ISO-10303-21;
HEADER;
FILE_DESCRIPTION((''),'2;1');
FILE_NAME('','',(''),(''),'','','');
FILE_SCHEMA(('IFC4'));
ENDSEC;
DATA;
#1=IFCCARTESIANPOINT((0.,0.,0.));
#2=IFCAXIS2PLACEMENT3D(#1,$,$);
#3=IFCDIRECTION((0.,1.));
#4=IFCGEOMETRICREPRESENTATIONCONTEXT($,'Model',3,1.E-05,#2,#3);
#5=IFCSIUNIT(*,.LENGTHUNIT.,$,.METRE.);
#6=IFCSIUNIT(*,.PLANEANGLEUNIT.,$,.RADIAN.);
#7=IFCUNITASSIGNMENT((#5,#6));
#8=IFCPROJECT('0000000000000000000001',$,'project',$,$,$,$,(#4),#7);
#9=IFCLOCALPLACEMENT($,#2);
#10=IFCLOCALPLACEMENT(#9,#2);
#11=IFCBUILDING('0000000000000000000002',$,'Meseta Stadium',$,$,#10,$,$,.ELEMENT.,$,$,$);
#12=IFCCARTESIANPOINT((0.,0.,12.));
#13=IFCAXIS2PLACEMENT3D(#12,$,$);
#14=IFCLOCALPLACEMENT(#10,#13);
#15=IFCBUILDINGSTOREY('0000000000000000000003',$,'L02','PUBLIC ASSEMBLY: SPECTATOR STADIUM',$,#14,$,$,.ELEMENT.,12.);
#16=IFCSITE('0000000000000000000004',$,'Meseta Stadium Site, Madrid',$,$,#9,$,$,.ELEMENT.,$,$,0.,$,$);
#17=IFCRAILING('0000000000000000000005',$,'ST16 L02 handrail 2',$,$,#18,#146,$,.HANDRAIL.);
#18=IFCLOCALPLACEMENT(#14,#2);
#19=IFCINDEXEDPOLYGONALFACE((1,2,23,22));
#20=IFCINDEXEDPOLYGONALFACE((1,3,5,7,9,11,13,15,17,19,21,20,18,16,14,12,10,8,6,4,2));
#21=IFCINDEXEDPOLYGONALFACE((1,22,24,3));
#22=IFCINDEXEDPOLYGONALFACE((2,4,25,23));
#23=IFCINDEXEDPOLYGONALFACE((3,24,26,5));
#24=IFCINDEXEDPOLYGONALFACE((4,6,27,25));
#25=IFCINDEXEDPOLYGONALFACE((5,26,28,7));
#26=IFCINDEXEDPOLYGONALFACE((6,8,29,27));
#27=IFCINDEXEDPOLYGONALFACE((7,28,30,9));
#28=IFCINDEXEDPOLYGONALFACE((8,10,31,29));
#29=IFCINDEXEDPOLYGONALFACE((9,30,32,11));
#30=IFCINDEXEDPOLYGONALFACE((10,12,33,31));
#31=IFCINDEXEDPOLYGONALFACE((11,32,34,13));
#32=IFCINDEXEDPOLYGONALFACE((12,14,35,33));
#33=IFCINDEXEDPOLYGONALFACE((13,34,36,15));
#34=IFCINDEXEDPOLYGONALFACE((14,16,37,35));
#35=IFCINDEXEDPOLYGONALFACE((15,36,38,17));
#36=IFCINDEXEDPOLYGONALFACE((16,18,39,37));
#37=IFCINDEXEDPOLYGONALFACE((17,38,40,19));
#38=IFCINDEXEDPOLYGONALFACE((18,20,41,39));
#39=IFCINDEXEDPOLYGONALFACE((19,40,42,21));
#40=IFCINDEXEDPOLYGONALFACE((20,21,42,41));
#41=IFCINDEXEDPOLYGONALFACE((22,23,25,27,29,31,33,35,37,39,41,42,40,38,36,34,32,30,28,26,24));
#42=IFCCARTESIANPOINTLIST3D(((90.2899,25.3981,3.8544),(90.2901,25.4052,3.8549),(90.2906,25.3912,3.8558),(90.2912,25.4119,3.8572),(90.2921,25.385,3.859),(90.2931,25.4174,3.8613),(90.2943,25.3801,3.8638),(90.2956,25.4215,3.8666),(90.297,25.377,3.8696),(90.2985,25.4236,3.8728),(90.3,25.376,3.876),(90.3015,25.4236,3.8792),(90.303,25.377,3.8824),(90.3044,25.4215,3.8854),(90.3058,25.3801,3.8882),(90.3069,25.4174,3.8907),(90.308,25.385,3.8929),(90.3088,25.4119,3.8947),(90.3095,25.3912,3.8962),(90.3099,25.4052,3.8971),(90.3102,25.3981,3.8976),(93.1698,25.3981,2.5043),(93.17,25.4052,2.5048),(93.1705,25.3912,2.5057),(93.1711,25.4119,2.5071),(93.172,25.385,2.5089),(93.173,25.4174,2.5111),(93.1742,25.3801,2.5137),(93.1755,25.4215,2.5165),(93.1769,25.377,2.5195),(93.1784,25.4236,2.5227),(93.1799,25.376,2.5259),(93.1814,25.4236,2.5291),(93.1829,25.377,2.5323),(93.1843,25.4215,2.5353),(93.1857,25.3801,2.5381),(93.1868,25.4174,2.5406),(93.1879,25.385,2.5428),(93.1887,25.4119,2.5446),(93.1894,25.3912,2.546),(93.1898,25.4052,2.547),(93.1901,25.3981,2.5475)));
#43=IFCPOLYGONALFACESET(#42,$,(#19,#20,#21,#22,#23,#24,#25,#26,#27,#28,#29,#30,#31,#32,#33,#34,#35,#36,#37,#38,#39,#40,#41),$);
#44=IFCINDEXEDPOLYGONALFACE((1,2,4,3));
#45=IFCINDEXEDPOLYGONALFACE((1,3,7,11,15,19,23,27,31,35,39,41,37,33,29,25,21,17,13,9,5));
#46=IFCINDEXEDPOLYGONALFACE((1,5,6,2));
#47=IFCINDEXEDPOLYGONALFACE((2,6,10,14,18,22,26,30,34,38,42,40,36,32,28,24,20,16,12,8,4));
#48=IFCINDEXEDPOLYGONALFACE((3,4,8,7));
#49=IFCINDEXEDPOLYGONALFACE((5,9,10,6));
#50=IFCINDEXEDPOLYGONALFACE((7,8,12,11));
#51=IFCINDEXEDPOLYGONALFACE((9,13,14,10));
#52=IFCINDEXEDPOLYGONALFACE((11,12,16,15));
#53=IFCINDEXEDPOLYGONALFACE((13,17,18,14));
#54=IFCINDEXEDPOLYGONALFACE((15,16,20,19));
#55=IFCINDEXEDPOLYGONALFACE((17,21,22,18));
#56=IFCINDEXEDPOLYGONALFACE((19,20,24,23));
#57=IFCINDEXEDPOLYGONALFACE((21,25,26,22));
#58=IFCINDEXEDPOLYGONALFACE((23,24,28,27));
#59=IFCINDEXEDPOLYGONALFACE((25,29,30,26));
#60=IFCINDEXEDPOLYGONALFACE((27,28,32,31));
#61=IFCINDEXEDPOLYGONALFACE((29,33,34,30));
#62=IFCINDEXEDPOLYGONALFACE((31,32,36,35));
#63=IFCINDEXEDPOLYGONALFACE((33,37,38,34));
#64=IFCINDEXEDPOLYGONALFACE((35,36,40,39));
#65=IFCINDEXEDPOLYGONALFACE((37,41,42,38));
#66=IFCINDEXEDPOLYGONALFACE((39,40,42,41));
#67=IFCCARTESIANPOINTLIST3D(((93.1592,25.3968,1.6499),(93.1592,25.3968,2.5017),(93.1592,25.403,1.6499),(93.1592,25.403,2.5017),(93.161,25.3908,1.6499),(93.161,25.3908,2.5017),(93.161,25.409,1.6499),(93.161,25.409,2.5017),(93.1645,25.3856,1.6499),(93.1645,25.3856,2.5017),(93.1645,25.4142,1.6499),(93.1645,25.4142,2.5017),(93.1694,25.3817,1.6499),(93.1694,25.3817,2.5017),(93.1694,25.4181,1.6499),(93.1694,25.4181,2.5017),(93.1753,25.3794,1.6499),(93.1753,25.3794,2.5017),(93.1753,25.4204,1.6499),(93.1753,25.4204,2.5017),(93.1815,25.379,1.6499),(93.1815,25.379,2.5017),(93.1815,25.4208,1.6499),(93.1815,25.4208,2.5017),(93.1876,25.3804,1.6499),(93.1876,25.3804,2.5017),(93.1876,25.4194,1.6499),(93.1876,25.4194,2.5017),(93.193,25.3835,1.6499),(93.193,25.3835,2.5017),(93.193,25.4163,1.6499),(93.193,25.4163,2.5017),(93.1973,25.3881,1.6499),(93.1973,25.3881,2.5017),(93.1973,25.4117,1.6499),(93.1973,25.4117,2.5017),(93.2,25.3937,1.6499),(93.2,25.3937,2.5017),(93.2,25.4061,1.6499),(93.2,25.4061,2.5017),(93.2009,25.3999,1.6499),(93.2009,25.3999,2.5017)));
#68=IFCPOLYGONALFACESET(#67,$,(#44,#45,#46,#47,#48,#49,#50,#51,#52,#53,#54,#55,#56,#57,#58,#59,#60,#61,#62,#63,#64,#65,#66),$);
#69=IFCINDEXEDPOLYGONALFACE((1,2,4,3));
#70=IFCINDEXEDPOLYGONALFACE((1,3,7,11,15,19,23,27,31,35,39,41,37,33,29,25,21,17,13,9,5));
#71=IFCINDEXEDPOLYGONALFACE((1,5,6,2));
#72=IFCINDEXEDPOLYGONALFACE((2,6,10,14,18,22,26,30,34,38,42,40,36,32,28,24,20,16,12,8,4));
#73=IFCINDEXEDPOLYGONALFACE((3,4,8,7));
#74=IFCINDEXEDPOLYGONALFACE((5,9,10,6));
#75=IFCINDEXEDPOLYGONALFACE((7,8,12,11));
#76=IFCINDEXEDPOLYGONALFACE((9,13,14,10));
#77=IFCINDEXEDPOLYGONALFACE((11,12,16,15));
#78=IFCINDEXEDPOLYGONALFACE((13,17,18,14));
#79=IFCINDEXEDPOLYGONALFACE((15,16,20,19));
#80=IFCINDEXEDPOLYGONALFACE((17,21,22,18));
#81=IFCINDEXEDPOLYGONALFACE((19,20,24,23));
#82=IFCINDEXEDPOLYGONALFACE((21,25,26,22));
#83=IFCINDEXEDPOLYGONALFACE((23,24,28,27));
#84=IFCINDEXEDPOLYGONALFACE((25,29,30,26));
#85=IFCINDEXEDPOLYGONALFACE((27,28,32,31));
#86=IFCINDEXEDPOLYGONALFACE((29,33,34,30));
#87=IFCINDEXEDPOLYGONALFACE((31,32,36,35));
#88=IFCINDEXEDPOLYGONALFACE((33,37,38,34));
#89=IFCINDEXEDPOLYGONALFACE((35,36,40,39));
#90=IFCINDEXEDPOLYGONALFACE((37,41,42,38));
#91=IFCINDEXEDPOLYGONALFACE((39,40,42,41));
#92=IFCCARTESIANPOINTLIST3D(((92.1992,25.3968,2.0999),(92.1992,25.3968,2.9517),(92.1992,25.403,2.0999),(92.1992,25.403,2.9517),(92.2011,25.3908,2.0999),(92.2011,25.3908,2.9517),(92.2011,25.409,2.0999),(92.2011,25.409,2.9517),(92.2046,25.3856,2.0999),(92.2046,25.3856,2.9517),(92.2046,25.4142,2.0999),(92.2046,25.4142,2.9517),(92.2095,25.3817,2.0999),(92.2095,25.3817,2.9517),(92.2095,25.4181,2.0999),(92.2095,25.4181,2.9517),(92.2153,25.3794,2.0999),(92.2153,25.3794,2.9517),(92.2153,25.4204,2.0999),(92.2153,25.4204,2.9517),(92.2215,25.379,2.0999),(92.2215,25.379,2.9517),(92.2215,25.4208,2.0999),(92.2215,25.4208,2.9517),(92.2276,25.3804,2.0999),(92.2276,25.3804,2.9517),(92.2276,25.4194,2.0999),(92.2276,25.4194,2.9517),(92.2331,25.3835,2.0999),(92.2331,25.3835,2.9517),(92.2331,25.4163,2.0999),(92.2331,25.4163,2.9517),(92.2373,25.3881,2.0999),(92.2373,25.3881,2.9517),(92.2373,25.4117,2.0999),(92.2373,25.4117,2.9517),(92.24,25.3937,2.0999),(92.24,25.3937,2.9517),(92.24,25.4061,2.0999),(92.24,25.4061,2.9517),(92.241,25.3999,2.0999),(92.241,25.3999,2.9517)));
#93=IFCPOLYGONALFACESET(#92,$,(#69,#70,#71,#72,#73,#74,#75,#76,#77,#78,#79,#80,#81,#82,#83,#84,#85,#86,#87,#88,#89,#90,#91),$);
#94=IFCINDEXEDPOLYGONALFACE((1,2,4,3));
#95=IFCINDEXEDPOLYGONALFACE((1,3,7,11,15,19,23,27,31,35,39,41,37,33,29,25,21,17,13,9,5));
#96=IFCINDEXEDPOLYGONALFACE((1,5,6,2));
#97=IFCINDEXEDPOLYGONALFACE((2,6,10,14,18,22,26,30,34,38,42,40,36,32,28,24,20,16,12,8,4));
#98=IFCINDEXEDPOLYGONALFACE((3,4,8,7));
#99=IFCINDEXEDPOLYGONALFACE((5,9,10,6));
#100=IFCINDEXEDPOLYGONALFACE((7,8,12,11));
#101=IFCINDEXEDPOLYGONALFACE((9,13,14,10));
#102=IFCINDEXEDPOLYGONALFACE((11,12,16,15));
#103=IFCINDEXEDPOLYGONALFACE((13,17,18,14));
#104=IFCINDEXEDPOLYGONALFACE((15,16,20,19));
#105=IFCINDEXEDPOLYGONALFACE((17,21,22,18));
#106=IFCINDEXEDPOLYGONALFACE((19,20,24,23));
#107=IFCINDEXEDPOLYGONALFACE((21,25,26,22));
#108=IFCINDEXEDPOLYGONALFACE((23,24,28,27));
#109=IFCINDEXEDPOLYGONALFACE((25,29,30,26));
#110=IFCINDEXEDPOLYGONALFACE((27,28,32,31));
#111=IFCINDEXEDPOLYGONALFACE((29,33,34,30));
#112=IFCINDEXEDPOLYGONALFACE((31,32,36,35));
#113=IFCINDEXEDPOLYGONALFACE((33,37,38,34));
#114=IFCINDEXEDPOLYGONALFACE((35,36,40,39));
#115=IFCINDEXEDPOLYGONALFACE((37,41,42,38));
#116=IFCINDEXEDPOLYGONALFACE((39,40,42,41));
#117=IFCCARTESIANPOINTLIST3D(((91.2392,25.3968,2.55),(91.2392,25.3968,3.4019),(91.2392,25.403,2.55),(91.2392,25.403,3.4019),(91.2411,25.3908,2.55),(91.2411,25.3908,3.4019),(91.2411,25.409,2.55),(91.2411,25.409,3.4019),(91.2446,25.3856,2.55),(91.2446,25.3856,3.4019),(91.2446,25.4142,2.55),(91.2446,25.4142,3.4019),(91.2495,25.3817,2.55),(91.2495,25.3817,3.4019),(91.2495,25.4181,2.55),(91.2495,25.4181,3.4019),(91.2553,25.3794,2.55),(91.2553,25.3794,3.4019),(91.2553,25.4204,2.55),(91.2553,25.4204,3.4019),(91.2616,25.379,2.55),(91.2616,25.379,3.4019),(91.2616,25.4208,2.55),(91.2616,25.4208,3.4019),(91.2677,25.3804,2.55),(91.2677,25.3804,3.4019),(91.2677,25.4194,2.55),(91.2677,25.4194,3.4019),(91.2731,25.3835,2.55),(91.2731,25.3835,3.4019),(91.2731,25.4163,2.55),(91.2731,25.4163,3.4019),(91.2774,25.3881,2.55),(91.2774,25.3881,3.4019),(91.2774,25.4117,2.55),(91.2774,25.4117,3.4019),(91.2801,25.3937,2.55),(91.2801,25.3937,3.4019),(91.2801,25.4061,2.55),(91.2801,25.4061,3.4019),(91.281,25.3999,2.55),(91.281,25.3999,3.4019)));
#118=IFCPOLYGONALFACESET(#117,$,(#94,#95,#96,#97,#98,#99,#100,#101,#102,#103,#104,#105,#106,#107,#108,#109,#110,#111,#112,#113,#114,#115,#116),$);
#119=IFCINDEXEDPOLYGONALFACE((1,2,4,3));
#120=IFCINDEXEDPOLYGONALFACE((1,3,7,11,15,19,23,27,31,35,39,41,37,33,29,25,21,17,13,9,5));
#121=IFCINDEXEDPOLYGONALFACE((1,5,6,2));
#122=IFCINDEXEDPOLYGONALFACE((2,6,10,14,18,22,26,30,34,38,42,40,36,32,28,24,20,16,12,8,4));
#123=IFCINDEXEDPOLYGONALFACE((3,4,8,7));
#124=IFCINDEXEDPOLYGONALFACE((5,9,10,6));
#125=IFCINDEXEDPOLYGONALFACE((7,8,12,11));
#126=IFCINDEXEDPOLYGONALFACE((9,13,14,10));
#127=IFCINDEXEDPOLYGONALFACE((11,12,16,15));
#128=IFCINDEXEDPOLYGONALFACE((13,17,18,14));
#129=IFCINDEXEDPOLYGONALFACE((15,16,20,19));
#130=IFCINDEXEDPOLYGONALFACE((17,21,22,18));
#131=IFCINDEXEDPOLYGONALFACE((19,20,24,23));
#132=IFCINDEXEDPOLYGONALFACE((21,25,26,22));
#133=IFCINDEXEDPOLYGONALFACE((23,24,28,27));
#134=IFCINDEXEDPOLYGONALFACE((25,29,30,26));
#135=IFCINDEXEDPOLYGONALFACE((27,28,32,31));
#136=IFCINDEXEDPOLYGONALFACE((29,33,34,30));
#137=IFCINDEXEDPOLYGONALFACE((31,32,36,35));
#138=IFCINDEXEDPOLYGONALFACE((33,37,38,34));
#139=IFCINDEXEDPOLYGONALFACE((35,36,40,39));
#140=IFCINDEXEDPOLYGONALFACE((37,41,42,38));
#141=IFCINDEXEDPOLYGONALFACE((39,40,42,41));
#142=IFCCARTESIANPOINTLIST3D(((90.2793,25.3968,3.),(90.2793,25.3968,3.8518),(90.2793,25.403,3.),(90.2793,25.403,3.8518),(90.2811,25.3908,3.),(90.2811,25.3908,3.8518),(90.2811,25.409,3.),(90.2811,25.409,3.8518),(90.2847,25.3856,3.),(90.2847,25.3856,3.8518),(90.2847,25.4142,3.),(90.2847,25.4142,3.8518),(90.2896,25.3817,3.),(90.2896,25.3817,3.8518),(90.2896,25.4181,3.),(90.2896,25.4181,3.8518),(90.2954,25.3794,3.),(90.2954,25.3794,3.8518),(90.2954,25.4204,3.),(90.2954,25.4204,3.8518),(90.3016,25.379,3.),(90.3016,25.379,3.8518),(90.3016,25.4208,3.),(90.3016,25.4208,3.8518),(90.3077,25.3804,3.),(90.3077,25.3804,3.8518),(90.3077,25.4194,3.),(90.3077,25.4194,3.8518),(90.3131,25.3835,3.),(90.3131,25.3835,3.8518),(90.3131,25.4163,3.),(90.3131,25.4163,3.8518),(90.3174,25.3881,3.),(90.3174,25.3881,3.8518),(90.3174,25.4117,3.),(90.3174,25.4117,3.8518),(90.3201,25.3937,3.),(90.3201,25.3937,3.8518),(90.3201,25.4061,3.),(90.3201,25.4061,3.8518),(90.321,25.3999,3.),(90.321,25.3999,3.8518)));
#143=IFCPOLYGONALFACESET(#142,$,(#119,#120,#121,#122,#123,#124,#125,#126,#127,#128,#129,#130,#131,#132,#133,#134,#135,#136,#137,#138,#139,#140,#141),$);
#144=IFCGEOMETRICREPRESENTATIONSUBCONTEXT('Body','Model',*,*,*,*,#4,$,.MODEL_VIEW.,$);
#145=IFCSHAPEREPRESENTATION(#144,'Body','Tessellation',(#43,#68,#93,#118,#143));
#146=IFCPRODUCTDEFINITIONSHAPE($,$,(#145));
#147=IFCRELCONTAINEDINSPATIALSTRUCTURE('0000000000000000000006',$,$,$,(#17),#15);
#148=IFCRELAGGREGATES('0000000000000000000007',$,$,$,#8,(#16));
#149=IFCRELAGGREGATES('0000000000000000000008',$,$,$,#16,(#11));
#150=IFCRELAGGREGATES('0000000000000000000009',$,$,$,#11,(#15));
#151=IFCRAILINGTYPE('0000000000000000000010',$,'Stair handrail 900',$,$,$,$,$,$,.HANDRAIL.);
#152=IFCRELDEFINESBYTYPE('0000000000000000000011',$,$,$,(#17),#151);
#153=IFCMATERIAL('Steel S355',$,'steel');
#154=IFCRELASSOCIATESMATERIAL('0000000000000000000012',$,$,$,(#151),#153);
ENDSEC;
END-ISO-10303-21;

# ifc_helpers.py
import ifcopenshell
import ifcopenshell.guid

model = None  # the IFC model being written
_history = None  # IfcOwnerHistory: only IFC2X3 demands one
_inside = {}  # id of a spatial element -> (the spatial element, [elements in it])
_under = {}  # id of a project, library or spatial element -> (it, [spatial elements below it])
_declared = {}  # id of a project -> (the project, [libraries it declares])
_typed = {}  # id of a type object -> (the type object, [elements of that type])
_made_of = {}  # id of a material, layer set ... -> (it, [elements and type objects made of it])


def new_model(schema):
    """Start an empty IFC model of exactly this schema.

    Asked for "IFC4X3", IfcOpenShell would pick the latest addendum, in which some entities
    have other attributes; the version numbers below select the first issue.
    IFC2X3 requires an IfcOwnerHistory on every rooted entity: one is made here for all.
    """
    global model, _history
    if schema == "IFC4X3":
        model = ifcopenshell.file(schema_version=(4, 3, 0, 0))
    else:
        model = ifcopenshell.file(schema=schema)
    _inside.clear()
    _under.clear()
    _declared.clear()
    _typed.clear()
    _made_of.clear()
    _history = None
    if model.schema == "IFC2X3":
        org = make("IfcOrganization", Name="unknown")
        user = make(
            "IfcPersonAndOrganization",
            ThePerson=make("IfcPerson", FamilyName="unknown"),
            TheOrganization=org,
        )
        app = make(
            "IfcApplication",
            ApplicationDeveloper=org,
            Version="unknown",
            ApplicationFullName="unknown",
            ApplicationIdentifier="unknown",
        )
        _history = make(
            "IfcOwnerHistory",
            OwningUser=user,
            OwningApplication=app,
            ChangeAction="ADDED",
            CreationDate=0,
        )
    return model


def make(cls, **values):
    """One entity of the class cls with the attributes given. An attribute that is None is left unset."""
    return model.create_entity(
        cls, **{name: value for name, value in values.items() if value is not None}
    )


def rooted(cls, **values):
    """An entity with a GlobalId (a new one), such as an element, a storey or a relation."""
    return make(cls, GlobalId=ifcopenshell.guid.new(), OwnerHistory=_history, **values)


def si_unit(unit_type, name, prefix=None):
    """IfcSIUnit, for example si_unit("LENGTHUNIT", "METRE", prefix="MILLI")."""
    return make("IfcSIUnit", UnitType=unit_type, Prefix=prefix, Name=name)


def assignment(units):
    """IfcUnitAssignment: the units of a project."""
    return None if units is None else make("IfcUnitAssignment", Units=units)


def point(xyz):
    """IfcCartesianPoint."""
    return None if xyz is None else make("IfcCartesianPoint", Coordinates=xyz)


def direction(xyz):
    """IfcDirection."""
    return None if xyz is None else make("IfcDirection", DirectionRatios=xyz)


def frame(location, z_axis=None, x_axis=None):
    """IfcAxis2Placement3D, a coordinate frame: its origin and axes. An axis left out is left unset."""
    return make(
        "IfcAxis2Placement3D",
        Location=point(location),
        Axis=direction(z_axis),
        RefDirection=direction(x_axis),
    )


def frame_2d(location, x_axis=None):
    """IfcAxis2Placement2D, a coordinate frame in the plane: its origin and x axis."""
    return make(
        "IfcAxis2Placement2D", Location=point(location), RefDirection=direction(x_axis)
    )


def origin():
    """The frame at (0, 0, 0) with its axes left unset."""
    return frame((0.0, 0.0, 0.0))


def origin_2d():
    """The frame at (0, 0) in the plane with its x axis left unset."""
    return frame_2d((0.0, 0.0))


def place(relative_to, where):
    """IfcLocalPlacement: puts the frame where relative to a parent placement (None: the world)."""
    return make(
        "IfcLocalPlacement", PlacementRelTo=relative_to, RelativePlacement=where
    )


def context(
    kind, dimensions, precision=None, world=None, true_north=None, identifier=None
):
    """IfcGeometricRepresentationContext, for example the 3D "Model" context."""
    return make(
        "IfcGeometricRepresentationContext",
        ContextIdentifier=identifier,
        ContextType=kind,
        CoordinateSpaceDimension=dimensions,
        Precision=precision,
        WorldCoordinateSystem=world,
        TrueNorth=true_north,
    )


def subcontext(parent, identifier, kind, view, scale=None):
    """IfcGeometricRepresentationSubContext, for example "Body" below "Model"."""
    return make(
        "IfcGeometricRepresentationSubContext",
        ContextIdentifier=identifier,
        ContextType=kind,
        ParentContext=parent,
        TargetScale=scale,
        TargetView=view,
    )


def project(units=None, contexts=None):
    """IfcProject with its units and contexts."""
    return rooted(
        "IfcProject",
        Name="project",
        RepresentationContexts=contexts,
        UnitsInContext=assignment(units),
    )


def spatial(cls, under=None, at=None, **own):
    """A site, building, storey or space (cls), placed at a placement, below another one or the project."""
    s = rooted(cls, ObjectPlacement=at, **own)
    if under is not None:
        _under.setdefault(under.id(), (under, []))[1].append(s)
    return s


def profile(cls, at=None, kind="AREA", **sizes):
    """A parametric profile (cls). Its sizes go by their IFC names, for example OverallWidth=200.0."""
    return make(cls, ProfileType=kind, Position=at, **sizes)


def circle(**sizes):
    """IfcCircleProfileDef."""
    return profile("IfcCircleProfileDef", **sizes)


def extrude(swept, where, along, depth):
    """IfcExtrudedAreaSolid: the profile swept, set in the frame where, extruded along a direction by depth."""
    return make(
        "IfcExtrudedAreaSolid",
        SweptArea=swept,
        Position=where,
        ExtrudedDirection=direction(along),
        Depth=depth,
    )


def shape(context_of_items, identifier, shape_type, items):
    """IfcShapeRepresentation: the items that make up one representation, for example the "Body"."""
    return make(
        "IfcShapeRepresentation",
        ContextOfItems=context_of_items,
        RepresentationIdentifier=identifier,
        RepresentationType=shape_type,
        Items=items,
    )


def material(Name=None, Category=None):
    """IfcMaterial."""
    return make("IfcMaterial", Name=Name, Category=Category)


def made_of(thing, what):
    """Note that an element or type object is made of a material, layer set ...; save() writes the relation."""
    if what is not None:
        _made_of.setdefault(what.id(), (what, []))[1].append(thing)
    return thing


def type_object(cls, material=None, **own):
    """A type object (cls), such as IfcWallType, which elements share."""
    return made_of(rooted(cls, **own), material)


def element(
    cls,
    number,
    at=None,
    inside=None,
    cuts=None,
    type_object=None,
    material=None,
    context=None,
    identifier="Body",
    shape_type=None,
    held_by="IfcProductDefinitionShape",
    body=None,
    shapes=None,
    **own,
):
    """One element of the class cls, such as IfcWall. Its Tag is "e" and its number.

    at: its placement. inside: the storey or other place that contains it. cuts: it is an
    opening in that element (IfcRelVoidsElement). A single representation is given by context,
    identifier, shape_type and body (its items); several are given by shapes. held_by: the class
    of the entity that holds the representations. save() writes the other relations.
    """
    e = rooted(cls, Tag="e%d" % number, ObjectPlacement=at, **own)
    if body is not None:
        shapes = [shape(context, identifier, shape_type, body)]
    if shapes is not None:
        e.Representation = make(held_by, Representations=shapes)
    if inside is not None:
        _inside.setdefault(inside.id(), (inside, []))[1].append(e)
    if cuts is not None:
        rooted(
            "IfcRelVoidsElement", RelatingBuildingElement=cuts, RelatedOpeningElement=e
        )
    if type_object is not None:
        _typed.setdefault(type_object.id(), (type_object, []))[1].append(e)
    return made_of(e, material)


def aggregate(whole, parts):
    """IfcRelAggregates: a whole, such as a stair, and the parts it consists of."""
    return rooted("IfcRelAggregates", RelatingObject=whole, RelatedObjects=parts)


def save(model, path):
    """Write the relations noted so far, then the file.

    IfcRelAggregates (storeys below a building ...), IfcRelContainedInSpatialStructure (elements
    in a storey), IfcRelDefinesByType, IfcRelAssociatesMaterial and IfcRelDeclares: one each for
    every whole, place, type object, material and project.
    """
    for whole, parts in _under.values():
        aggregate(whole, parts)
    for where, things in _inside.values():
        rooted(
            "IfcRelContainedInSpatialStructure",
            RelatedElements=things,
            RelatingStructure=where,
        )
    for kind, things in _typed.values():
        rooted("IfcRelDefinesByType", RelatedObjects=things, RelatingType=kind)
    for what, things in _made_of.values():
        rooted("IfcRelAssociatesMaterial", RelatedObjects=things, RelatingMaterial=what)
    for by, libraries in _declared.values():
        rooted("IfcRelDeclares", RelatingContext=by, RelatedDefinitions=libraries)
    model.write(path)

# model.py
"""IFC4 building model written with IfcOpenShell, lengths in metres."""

from ifc_helpers import new_model, si_unit, direction, frame, origin, origin_2d, place, context, subcontext, project, spatial, circle, extrude, material, type_object, element, save


model = new_model("IFC4")

# Units and contexts
model_context = context("Model", 3, precision=1e-05, world=origin(), true_north=direction((0.0, 1.0)))
body_context = subcontext(model_context, "Body", "Model", "MODEL_VIEW")
ifc_project = project(units=[si_unit("LENGTHUNIT", "METRE"), si_unit("PLANEANGLEUNIT", "RADIAN")], contexts=[model_context])

# Site, building, storey
site_placement = place(None, origin())
site = spatial("IfcSite", under=ifc_project, at=site_placement, Name="Meseta Stadium Site, Madrid", CompositionType="ELEMENT", RefElevation=0.0)
building_placement = place(site_placement, origin())
building = spatial("IfcBuilding", under=site, at=building_placement, Name="Meseta Stadium", CompositionType="ELEMENT")
storey_placement = place(building_placement, frame((0.0, 0.0, 12.0)))
storey = spatial("IfcBuildingStorey", under=building, at=storey_placement, Name="L02", Description="PUBLIC ASSEMBLY: SPECTATOR STADIUM", CompositionType="ELEMENT", Elevation=12.0)

# Railing
ifc_material_1 = material(Name="Steel S355", Category="steel")
railing_type_1 = type_object("IfcRailingType", Name="Stair handrail 900", PredefinedType="HANDRAIL", material=ifc_material_1)
for number, where, name in (
    (1, (93.1799, 25.3999, 1.6499), "ST16 L02 handrail 2"),
):
    element("IfcRailing", number, at=place(storey_placement, frame(where)), inside=storey, type_object=railing_type_1, Name=name, PredefinedType="HANDRAIL", context=body_context, shape_type="SweptSolid", body=[
        extrude(circle(Radius=0.0239, at=origin_2d()), frame((0.0, 0.0, 0.876), z_axis=(-0.90544, 0.0, 0.424473), x_axis=(0.0, -1.0, 0.0)), (0.0, 0.0, 1.0), 3.1807),
        extrude(circle(Radius=0.021, at=origin_2d()), origin(), (0.0, 0.0, 1.0), 0.8518),
        extrude(circle(Radius=0.021, at=origin_2d()), frame((-0.96, 0.0, 0.45)), (0.0, 0.0, 1.0), 0.8518),
        extrude(circle(Radius=0.021, at=origin_2d()), frame((-1.9199, 0.0, 0.9001)), (0.0, 0.0, 1.0), 0.8518),
        extrude(circle(Radius=0.021, at=origin_2d()), frame((-2.8799, 0.0, 1.3501)), (0.0, 0.0, 1.0), 0.8518),
    ])

save(model, "model.ifc")
